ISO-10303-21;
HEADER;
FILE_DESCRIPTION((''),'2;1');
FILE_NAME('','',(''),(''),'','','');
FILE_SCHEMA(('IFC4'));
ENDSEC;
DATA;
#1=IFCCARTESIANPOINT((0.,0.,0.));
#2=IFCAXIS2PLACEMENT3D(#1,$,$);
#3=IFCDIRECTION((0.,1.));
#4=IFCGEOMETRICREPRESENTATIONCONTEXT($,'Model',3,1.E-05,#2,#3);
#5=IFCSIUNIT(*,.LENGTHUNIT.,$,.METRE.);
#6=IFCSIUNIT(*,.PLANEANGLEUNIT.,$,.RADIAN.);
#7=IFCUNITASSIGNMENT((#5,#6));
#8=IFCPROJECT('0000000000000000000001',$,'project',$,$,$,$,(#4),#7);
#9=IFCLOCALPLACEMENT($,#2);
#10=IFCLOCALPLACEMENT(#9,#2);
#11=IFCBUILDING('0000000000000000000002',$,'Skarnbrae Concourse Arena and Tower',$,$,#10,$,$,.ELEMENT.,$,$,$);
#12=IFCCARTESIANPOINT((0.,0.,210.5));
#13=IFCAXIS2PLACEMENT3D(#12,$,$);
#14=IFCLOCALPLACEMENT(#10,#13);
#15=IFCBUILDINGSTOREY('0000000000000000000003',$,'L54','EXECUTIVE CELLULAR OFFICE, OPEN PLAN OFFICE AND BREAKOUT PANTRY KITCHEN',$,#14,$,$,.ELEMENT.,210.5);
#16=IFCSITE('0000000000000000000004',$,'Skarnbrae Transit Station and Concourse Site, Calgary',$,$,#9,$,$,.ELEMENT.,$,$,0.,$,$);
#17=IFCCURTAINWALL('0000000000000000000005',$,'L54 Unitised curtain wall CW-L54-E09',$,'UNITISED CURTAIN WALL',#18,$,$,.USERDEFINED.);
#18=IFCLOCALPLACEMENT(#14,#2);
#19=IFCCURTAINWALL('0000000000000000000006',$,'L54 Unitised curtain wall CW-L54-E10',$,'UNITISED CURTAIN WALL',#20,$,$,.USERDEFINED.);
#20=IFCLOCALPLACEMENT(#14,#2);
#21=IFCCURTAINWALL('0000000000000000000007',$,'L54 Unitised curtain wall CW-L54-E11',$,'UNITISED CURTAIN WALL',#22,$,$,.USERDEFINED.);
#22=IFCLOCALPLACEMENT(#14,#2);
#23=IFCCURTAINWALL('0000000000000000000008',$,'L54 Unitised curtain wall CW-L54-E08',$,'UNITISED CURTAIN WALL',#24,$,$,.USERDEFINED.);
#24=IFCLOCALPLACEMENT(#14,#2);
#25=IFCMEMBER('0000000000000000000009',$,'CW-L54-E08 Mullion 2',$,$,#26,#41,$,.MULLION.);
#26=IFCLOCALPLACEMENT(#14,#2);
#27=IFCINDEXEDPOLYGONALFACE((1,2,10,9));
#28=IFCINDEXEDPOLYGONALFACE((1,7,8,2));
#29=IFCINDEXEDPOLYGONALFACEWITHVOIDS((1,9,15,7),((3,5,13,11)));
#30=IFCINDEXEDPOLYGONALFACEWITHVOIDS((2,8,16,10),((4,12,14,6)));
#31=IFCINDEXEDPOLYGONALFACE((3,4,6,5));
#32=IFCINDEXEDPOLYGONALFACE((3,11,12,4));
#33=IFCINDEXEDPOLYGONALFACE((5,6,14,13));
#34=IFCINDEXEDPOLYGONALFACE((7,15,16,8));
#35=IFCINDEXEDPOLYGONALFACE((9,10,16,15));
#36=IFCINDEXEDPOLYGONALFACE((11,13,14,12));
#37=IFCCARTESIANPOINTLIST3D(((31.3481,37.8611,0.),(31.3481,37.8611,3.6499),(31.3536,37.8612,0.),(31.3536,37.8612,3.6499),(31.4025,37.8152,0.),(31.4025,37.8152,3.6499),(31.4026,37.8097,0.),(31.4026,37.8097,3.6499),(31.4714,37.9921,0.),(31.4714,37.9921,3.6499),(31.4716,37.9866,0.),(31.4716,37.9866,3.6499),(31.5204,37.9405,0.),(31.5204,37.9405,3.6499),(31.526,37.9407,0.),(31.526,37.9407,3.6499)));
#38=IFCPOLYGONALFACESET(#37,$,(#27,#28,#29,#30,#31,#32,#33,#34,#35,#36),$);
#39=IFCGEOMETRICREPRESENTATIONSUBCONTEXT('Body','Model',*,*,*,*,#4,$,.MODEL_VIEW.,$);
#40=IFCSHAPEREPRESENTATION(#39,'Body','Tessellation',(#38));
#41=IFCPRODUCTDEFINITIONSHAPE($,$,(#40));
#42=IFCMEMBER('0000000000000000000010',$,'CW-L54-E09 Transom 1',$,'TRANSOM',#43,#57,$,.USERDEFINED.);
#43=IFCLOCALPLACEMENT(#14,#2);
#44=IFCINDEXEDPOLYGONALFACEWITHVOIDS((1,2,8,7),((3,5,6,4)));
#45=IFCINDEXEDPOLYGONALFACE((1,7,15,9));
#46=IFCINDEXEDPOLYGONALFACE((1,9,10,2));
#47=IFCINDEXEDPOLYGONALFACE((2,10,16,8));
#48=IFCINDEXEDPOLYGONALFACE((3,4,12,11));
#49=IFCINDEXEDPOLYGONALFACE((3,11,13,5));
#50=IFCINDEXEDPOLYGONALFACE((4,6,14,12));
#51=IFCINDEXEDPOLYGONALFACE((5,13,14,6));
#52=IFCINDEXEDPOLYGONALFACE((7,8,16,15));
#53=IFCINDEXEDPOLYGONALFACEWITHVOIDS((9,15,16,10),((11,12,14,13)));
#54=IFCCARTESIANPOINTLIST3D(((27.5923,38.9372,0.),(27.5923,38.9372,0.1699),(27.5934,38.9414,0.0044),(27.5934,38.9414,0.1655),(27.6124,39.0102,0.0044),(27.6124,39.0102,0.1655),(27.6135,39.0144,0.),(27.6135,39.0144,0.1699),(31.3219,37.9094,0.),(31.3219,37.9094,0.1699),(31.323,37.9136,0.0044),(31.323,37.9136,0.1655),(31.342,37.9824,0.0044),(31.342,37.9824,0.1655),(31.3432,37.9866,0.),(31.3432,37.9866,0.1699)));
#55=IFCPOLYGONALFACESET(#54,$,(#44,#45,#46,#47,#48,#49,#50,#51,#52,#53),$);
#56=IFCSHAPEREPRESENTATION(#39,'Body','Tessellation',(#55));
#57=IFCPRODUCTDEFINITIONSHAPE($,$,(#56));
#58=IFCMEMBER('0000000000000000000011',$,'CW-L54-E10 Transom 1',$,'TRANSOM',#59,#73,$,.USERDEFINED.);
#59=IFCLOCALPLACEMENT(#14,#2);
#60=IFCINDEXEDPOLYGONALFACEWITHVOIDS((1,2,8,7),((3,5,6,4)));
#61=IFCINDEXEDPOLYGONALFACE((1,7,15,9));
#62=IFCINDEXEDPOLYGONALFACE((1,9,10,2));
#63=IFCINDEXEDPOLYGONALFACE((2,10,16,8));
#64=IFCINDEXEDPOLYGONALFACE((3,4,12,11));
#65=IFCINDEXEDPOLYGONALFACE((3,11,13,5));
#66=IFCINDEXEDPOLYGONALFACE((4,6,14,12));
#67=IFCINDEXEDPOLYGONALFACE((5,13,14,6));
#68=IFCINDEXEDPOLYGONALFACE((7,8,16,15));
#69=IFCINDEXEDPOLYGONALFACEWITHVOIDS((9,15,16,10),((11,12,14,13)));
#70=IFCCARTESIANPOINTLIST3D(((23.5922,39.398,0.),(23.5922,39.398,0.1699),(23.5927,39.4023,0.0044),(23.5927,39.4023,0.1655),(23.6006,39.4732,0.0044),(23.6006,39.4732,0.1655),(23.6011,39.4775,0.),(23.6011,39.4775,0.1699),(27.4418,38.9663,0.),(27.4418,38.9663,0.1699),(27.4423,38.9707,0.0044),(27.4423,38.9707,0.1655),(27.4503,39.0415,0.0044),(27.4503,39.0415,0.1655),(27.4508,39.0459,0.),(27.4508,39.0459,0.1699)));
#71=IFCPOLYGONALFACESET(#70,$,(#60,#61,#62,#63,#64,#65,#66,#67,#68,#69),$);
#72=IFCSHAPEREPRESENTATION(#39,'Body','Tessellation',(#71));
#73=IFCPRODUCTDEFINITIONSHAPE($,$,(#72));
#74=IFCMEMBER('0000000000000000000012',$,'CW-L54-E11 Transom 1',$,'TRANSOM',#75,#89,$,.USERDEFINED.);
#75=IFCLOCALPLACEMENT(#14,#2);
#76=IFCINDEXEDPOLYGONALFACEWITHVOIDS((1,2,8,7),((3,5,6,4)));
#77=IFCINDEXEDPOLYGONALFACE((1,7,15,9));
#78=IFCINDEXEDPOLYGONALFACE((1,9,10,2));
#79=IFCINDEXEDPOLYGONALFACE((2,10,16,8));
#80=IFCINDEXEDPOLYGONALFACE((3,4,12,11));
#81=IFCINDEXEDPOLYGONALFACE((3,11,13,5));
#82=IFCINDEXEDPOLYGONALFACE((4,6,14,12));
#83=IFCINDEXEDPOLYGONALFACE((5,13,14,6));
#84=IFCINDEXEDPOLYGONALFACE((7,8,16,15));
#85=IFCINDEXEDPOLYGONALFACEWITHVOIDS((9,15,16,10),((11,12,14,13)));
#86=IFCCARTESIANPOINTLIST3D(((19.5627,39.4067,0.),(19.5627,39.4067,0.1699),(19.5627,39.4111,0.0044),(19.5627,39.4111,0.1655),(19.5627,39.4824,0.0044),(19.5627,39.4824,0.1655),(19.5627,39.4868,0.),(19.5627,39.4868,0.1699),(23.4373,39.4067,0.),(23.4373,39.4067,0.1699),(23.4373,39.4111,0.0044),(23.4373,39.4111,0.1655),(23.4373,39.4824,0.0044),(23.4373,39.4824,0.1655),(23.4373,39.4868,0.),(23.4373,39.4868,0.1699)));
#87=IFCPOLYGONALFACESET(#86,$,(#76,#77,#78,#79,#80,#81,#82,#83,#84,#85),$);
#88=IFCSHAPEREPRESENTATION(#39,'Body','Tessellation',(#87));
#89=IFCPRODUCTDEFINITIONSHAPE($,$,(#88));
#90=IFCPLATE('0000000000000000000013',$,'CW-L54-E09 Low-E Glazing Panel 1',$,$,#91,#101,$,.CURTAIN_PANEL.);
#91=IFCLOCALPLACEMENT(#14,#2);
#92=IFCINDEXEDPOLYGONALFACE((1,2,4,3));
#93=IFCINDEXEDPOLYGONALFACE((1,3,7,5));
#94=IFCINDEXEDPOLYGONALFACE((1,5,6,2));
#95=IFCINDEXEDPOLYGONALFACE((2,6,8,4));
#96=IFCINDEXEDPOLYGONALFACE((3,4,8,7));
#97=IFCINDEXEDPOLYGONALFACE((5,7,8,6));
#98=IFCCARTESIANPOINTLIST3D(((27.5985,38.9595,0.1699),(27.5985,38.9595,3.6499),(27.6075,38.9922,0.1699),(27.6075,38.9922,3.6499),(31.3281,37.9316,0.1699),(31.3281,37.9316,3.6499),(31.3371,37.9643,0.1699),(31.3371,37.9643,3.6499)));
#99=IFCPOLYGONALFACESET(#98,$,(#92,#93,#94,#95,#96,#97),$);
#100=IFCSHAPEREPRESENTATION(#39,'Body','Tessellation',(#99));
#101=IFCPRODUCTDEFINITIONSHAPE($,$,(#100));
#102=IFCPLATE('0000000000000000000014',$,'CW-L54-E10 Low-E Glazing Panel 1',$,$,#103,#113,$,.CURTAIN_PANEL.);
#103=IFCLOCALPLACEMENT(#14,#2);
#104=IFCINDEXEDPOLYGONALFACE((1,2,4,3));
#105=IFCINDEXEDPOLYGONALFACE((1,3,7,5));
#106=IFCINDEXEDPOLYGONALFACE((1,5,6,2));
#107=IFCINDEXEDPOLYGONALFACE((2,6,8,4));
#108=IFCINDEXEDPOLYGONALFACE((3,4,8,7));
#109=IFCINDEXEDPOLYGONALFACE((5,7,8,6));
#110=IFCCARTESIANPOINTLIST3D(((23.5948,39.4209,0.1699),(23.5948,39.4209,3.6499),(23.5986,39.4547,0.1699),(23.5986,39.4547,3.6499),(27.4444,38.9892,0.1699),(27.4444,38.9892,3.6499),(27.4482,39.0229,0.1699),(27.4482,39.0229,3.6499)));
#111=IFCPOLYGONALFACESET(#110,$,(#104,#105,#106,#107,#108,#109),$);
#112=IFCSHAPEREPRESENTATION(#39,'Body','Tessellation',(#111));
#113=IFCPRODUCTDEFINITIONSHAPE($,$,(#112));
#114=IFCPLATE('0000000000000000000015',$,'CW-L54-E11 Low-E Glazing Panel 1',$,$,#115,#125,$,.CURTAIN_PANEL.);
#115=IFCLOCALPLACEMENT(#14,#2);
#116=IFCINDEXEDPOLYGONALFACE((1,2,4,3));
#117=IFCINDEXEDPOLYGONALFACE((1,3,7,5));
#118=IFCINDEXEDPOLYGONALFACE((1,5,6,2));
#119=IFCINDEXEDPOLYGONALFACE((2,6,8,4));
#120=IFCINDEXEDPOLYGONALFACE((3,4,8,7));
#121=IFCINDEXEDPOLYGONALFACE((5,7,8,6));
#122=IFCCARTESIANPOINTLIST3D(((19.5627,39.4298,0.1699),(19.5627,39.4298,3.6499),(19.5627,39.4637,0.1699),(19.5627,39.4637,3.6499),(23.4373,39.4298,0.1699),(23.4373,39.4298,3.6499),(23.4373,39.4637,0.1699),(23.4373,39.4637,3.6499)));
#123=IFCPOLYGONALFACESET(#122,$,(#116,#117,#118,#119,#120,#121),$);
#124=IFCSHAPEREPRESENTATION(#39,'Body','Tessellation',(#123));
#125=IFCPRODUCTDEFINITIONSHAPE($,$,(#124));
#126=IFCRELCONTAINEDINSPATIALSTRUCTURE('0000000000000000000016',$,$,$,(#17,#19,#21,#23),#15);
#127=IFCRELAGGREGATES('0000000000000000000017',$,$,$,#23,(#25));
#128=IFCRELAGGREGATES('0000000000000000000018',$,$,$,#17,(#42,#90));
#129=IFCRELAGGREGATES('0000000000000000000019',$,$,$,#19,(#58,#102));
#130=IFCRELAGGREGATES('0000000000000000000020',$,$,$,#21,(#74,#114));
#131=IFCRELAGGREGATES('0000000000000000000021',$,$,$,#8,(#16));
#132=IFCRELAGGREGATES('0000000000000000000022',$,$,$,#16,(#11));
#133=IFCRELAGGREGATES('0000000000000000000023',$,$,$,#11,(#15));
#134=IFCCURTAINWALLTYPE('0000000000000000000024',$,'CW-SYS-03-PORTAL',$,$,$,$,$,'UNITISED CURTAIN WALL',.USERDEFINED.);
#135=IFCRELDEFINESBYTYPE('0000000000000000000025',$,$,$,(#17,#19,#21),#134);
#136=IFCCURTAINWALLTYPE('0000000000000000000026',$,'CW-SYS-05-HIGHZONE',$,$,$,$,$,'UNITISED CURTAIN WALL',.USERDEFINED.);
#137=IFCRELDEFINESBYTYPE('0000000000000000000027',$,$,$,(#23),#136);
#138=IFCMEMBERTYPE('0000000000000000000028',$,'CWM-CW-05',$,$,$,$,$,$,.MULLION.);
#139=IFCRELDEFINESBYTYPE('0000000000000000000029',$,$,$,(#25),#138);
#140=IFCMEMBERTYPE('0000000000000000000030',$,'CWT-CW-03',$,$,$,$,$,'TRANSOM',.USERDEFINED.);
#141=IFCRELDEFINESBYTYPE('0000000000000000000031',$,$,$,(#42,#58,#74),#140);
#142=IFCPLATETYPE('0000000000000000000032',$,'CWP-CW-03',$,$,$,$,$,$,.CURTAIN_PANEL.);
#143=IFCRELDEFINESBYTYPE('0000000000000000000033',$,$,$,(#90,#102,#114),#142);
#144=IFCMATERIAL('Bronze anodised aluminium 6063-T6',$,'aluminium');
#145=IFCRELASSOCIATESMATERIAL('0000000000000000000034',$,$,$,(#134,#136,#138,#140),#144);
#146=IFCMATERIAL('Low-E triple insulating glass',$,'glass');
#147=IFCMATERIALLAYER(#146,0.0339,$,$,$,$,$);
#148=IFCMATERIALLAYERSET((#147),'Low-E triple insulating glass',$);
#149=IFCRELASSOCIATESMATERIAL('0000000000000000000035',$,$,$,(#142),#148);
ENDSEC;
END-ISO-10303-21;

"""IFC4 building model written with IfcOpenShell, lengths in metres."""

from ifc_helpers import new_model, si_unit, direction, frame, origin, origin_2d, place, context, subcontext, project, spatial, rectangle, hollow_rectangle, extrude, source, transform, mapped, material, layer, layer_set, material_profile, profile_set, type_object, element, aggregate, save


model = new_model("IFC4")

# Units and contexts
model_context = context("Model", 3, precision=1e-05, world=origin(), true_north=direction((0.0, 1.0)))
body_context = subcontext(model_context, "Body", "Model", "MODEL_VIEW")
ifc_project = project(units=[si_unit("LENGTHUNIT", "METRE"), si_unit("PLANEANGLEUNIT", "RADIAN")], contexts=[model_context])

# Site, building, storey
site_placement = place(None, origin())
site = spatial("IfcSite", under=ifc_project, at=site_placement, Name="Skarnbrae Transit Station and Concourse Site, Calgary", CompositionType="ELEMENT", RefElevation=0.0)
building_placement = place(site_placement, origin())
building = spatial("IfcBuilding", under=site, at=building_placement, Name="Skarnbrae Concourse Arena and Tower", CompositionType="ELEMENT")
storey_placement = place(building_placement, frame((0.0, 0.0, 210.5)))
storey = spatial("IfcBuildingStorey", under=building, at=storey_placement, Name="L54", Description="EXECUTIVE CELLULAR OFFICE, OPEN PLAN OFFICE AND BREAKOUT PANTRY KITCHEN", CompositionType="ELEMENT", Elevation=210.5)

# Curtain walls
ifc_material_1 = material(Name="Bronze anodised aluminium 6063-T6", Category="aluminium")
curtain_wall_type_1 = type_object("IfcCurtainWallType", Name="CW-SYS-03-PORTAL", ElementType="UNITISED CURTAIN WALL", PredefinedType="USERDEFINED", material=ifc_material_1)
curtain_wall_1_placement = place(storey_placement, origin())
curtain_wall_1 = element("IfcCurtainWall", 1, at=curtain_wall_1_placement, inside=storey, type_object=curtain_wall_type_1, Name="L54 Unitised curtain wall CW-L54-E09", ObjectType="UNITISED CURTAIN WALL", PredefinedType="USERDEFINED")
curtain_wall_2_placement = place(storey_placement, origin())
curtain_wall_2 = element("IfcCurtainWall", 2, at=curtain_wall_2_placement, inside=storey, type_object=curtain_wall_type_1, Name="L54 Unitised curtain wall CW-L54-E10", ObjectType="UNITISED CURTAIN WALL", PredefinedType="USERDEFINED")

# Curtain walls, member
curtain_wall_3_placement = place(storey_placement, origin())
curtain_wall_3 = element("IfcCurtainWall", 3, at=curtain_wall_3_placement, inside=storey, type_object=curtain_wall_type_1, Name="L54 Unitised curtain wall CW-L54-E11", ObjectType="UNITISED CURTAIN WALL", PredefinedType="USERDEFINED")
curtain_wall_type_2 = type_object("IfcCurtainWallType", Name="CW-SYS-05-HIGHZONE", ElementType="UNITISED CURTAIN WALL", PredefinedType="USERDEFINED", material=ifc_material_1)
curtain_wall_4_placement = place(storey_placement, origin())
curtain_wall_4 = element("IfcCurtainWall", 4, at=curtain_wall_4_placement, inside=storey, type_object=curtain_wall_type_2, Name="L54 Unitised curtain wall CW-L54-E08", ObjectType="UNITISED CURTAIN WALL", PredefinedType="USERDEFINED")
ifc_material_profile_1 = material_profile(ifc_material_1, hollow_rectangle(XDim=0.075, YDim=0.1799, WallThickness=0.0039, at=origin_2d()), Name="ALU-MULL-75X180")
ifc_profile_set_1 = profile_set([ifc_material_profile_1], Name="Bronze anodised aluminium 6063-T6")
member_type_1 = type_object("IfcMemberType", Name="CWM-CW-05", PredefinedType="MULLION", material=ifc_profile_set_1)
shared_shape_1 = source(origin(), body_context, "Body", "SweptSolid", [
    extrude(hollow_rectangle(XDim=0.075, YDim=0.1799, WallThickness=0.0039, at=origin_2d()), origin(), (0.0, 0.0, 1.0), 3.6499),
])
member_1_placement = place(storey_placement, frame((31.437, 37.9009, 0.0), z_axis=(0.0, 0.0, 1.0), x_axis=(-0.728131, 0.685438, 0.0)))
member_1 = element("IfcMember", 5, at=member_1_placement, type_object=member_type_1, Name="CW-L54-E08 Mullion 2", PredefinedType="MULLION", context=body_context, shape_type="MappedRepresentation", body=[
    mapped(shared_shape_1, transform((0.0, 0.0, 0.0))),
])
aggregate(curtain_wall_4, [member_1])

# Members
ifc_material_profile_2 = material_profile(ifc_material_1, hollow_rectangle(XDim=0.0801, YDim=0.1699, WallThickness=0.0044, at=origin_2d()), Name="ALU-TRAN-80X170")
ifc_profile_set_2 = profile_set([ifc_material_profile_2], Name="Bronze anodised aluminium 6063-T6")
member_type_2 = type_object("IfcMemberType", Name="CWT-CW-03", ElementType="TRANSOM", PredefinedType="USERDEFINED", material=ifc_profile_set_2)
shared_shape_2 = source(origin(), body_context, "Body", "SweptSolid", [
    extrude(hollow_rectangle(XDim=0.0801, YDim=0.1699, WallThickness=0.0044, at=origin_2d()), origin(), (0.0, 0.0, 1.0), 3.8687),
])
member_2_placement = place(storey_placement, frame((31.3325, 37.948, 0.085), z_axis=(-0.964063, 0.265674, 0.0), x_axis=(-0.265674, -0.964063, 0.0)))
member_2 = element("IfcMember", 6, at=member_2_placement, type_object=member_type_2, Name="CW-L54-E09 Transom 1", ObjectType="TRANSOM", PredefinedType="USERDEFINED", context=body_context, shape_type="MappedRepresentation", body=[
    mapped(shared_shape_2, transform((0.0, 0.0, 0.0))),
])
shared_shape_3 = source(origin(), body_context, "Body", "SweptSolid", [
    extrude(hollow_rectangle(XDim=0.0801, YDim=0.1699, WallThickness=0.0044, at=origin_2d()), origin(), (0.0, 0.0, 1.0), 3.8738),
])
member_3_placement = place(storey_placement, frame((27.4463, 39.0061, 0.085), z_axis=(-0.993773, 0.111428, 0.0), x_axis=(-0.111428, -0.993773, 0.0)))
member_3 = element("IfcMember", 7, at=member_3_placement, type_object=member_type_2, Name="CW-L54-E10 Transom 1", ObjectType="TRANSOM", PredefinedType="USERDEFINED", context=body_context, shape_type="MappedRepresentation", body=[
    mapped(shared_shape_3, transform((0.0, 0.0, 0.0))),
])
shared_shape_4 = source(origin(), body_context, "Body", "SweptSolid", [
    extrude(hollow_rectangle(XDim=0.0801, YDim=0.1699, WallThickness=0.0044, at=origin_2d()), origin(), (0.0, 0.0, 1.0), 3.8745),
])
member_4_placement = place(storey_placement, frame((23.4373, 39.4468, 0.085), z_axis=(-1.0, 0.0, 0.0), x_axis=(0.0, -1.0, 0.0)))
member_4 = element("IfcMember", 8, at=member_4_placement, type_object=member_type_2, Name="CW-L54-E11 Transom 1", ObjectType="TRANSOM", PredefinedType="USERDEFINED", context=body_context, shape_type="MappedRepresentation", body=[
    mapped(shared_shape_4, transform((0.0, 0.0, 0.0))),
])

# Plates
ifc_material_2 = material(Name="Low-E triple insulating glass", Category="glass")
ifc_layer = layer(ifc_material_2, 0.0339)
ifc_layer_set = layer_set([ifc_layer], Name="Low-E triple insulating glass")
plate_type = type_object("IfcPlateType", Name="CWP-CW-03", PredefinedType="CURTAIN_PANEL", material=ifc_layer_set)
shared_shape_5 = source(origin(), body_context, "Body", "SweptSolid", [
    extrude(rectangle(XDim=3.8687, YDim=0.0339, at=origin_2d()), origin(), (0.0, 0.0, 1.0), 3.48),
])
plate_1_placement = place(storey_placement, frame((29.4678, 38.4619, 0.1699), z_axis=(0.0, 0.0, 1.0), x_axis=(-0.964057, 0.265694, 0.0)))
plate_1 = element("IfcPlate", 9, at=plate_1_placement, type_object=plate_type, Name="CW-L54-E09 Low-E Glazing Panel 1", PredefinedType="CURTAIN_PANEL", context=body_context, shape_type="MappedRepresentation", body=[
    mapped(shared_shape_5, transform((0.0, 0.0, 0.0))),
])
aggregate(curtain_wall_1, [member_2, plate_1])
shared_shape_6 = source(origin(), body_context, "Body", "SweptSolid", [
    extrude(rectangle(XDim=3.8738, YDim=0.0339, at=origin_2d()), origin(), (0.0, 0.0, 1.0), 3.48),
])
plate_2_placement = place(storey_placement, frame((25.5215, 39.2219, 0.1699), z_axis=(0.0, 0.0, 1.0), x_axis=(-0.993769, 0.11146, 0.0)))
plate_2 = element("IfcPlate", 10, at=plate_2_placement, type_object=plate_type, Name="CW-L54-E10 Low-E Glazing Panel 1", PredefinedType="CURTAIN_PANEL", context=body_context, shape_type="MappedRepresentation", body=[
    mapped(shared_shape_6, transform((0.0, 0.0, 0.0))),
])
aggregate(curtain_wall_2, [member_3, plate_2])
shared_shape_7 = source(origin(), body_context, "Body", "SweptSolid", [
    extrude(rectangle(XDim=3.8745, YDim=0.0339, at=origin_2d()), origin(), (0.0, 0.0, 1.0), 3.48),
])
plate_3_placement = place(storey_placement, frame((21.5, 39.4468, 0.1699), z_axis=(0.0, 0.0, 1.0), x_axis=(-1.0, 0.0, 0.0)))
plate_3 = element("IfcPlate", 11, at=plate_3_placement, type_object=plate_type, Name="CW-L54-E11 Low-E Glazing Panel 1", PredefinedType="CURTAIN_PANEL", context=body_context, shape_type="MappedRepresentation", body=[
    mapped(shared_shape_7, transform((0.0, 0.0, 0.0))),
])
aggregate(curtain_wall_3, [member_4, plate_3])

save(model, "model.ifc")
